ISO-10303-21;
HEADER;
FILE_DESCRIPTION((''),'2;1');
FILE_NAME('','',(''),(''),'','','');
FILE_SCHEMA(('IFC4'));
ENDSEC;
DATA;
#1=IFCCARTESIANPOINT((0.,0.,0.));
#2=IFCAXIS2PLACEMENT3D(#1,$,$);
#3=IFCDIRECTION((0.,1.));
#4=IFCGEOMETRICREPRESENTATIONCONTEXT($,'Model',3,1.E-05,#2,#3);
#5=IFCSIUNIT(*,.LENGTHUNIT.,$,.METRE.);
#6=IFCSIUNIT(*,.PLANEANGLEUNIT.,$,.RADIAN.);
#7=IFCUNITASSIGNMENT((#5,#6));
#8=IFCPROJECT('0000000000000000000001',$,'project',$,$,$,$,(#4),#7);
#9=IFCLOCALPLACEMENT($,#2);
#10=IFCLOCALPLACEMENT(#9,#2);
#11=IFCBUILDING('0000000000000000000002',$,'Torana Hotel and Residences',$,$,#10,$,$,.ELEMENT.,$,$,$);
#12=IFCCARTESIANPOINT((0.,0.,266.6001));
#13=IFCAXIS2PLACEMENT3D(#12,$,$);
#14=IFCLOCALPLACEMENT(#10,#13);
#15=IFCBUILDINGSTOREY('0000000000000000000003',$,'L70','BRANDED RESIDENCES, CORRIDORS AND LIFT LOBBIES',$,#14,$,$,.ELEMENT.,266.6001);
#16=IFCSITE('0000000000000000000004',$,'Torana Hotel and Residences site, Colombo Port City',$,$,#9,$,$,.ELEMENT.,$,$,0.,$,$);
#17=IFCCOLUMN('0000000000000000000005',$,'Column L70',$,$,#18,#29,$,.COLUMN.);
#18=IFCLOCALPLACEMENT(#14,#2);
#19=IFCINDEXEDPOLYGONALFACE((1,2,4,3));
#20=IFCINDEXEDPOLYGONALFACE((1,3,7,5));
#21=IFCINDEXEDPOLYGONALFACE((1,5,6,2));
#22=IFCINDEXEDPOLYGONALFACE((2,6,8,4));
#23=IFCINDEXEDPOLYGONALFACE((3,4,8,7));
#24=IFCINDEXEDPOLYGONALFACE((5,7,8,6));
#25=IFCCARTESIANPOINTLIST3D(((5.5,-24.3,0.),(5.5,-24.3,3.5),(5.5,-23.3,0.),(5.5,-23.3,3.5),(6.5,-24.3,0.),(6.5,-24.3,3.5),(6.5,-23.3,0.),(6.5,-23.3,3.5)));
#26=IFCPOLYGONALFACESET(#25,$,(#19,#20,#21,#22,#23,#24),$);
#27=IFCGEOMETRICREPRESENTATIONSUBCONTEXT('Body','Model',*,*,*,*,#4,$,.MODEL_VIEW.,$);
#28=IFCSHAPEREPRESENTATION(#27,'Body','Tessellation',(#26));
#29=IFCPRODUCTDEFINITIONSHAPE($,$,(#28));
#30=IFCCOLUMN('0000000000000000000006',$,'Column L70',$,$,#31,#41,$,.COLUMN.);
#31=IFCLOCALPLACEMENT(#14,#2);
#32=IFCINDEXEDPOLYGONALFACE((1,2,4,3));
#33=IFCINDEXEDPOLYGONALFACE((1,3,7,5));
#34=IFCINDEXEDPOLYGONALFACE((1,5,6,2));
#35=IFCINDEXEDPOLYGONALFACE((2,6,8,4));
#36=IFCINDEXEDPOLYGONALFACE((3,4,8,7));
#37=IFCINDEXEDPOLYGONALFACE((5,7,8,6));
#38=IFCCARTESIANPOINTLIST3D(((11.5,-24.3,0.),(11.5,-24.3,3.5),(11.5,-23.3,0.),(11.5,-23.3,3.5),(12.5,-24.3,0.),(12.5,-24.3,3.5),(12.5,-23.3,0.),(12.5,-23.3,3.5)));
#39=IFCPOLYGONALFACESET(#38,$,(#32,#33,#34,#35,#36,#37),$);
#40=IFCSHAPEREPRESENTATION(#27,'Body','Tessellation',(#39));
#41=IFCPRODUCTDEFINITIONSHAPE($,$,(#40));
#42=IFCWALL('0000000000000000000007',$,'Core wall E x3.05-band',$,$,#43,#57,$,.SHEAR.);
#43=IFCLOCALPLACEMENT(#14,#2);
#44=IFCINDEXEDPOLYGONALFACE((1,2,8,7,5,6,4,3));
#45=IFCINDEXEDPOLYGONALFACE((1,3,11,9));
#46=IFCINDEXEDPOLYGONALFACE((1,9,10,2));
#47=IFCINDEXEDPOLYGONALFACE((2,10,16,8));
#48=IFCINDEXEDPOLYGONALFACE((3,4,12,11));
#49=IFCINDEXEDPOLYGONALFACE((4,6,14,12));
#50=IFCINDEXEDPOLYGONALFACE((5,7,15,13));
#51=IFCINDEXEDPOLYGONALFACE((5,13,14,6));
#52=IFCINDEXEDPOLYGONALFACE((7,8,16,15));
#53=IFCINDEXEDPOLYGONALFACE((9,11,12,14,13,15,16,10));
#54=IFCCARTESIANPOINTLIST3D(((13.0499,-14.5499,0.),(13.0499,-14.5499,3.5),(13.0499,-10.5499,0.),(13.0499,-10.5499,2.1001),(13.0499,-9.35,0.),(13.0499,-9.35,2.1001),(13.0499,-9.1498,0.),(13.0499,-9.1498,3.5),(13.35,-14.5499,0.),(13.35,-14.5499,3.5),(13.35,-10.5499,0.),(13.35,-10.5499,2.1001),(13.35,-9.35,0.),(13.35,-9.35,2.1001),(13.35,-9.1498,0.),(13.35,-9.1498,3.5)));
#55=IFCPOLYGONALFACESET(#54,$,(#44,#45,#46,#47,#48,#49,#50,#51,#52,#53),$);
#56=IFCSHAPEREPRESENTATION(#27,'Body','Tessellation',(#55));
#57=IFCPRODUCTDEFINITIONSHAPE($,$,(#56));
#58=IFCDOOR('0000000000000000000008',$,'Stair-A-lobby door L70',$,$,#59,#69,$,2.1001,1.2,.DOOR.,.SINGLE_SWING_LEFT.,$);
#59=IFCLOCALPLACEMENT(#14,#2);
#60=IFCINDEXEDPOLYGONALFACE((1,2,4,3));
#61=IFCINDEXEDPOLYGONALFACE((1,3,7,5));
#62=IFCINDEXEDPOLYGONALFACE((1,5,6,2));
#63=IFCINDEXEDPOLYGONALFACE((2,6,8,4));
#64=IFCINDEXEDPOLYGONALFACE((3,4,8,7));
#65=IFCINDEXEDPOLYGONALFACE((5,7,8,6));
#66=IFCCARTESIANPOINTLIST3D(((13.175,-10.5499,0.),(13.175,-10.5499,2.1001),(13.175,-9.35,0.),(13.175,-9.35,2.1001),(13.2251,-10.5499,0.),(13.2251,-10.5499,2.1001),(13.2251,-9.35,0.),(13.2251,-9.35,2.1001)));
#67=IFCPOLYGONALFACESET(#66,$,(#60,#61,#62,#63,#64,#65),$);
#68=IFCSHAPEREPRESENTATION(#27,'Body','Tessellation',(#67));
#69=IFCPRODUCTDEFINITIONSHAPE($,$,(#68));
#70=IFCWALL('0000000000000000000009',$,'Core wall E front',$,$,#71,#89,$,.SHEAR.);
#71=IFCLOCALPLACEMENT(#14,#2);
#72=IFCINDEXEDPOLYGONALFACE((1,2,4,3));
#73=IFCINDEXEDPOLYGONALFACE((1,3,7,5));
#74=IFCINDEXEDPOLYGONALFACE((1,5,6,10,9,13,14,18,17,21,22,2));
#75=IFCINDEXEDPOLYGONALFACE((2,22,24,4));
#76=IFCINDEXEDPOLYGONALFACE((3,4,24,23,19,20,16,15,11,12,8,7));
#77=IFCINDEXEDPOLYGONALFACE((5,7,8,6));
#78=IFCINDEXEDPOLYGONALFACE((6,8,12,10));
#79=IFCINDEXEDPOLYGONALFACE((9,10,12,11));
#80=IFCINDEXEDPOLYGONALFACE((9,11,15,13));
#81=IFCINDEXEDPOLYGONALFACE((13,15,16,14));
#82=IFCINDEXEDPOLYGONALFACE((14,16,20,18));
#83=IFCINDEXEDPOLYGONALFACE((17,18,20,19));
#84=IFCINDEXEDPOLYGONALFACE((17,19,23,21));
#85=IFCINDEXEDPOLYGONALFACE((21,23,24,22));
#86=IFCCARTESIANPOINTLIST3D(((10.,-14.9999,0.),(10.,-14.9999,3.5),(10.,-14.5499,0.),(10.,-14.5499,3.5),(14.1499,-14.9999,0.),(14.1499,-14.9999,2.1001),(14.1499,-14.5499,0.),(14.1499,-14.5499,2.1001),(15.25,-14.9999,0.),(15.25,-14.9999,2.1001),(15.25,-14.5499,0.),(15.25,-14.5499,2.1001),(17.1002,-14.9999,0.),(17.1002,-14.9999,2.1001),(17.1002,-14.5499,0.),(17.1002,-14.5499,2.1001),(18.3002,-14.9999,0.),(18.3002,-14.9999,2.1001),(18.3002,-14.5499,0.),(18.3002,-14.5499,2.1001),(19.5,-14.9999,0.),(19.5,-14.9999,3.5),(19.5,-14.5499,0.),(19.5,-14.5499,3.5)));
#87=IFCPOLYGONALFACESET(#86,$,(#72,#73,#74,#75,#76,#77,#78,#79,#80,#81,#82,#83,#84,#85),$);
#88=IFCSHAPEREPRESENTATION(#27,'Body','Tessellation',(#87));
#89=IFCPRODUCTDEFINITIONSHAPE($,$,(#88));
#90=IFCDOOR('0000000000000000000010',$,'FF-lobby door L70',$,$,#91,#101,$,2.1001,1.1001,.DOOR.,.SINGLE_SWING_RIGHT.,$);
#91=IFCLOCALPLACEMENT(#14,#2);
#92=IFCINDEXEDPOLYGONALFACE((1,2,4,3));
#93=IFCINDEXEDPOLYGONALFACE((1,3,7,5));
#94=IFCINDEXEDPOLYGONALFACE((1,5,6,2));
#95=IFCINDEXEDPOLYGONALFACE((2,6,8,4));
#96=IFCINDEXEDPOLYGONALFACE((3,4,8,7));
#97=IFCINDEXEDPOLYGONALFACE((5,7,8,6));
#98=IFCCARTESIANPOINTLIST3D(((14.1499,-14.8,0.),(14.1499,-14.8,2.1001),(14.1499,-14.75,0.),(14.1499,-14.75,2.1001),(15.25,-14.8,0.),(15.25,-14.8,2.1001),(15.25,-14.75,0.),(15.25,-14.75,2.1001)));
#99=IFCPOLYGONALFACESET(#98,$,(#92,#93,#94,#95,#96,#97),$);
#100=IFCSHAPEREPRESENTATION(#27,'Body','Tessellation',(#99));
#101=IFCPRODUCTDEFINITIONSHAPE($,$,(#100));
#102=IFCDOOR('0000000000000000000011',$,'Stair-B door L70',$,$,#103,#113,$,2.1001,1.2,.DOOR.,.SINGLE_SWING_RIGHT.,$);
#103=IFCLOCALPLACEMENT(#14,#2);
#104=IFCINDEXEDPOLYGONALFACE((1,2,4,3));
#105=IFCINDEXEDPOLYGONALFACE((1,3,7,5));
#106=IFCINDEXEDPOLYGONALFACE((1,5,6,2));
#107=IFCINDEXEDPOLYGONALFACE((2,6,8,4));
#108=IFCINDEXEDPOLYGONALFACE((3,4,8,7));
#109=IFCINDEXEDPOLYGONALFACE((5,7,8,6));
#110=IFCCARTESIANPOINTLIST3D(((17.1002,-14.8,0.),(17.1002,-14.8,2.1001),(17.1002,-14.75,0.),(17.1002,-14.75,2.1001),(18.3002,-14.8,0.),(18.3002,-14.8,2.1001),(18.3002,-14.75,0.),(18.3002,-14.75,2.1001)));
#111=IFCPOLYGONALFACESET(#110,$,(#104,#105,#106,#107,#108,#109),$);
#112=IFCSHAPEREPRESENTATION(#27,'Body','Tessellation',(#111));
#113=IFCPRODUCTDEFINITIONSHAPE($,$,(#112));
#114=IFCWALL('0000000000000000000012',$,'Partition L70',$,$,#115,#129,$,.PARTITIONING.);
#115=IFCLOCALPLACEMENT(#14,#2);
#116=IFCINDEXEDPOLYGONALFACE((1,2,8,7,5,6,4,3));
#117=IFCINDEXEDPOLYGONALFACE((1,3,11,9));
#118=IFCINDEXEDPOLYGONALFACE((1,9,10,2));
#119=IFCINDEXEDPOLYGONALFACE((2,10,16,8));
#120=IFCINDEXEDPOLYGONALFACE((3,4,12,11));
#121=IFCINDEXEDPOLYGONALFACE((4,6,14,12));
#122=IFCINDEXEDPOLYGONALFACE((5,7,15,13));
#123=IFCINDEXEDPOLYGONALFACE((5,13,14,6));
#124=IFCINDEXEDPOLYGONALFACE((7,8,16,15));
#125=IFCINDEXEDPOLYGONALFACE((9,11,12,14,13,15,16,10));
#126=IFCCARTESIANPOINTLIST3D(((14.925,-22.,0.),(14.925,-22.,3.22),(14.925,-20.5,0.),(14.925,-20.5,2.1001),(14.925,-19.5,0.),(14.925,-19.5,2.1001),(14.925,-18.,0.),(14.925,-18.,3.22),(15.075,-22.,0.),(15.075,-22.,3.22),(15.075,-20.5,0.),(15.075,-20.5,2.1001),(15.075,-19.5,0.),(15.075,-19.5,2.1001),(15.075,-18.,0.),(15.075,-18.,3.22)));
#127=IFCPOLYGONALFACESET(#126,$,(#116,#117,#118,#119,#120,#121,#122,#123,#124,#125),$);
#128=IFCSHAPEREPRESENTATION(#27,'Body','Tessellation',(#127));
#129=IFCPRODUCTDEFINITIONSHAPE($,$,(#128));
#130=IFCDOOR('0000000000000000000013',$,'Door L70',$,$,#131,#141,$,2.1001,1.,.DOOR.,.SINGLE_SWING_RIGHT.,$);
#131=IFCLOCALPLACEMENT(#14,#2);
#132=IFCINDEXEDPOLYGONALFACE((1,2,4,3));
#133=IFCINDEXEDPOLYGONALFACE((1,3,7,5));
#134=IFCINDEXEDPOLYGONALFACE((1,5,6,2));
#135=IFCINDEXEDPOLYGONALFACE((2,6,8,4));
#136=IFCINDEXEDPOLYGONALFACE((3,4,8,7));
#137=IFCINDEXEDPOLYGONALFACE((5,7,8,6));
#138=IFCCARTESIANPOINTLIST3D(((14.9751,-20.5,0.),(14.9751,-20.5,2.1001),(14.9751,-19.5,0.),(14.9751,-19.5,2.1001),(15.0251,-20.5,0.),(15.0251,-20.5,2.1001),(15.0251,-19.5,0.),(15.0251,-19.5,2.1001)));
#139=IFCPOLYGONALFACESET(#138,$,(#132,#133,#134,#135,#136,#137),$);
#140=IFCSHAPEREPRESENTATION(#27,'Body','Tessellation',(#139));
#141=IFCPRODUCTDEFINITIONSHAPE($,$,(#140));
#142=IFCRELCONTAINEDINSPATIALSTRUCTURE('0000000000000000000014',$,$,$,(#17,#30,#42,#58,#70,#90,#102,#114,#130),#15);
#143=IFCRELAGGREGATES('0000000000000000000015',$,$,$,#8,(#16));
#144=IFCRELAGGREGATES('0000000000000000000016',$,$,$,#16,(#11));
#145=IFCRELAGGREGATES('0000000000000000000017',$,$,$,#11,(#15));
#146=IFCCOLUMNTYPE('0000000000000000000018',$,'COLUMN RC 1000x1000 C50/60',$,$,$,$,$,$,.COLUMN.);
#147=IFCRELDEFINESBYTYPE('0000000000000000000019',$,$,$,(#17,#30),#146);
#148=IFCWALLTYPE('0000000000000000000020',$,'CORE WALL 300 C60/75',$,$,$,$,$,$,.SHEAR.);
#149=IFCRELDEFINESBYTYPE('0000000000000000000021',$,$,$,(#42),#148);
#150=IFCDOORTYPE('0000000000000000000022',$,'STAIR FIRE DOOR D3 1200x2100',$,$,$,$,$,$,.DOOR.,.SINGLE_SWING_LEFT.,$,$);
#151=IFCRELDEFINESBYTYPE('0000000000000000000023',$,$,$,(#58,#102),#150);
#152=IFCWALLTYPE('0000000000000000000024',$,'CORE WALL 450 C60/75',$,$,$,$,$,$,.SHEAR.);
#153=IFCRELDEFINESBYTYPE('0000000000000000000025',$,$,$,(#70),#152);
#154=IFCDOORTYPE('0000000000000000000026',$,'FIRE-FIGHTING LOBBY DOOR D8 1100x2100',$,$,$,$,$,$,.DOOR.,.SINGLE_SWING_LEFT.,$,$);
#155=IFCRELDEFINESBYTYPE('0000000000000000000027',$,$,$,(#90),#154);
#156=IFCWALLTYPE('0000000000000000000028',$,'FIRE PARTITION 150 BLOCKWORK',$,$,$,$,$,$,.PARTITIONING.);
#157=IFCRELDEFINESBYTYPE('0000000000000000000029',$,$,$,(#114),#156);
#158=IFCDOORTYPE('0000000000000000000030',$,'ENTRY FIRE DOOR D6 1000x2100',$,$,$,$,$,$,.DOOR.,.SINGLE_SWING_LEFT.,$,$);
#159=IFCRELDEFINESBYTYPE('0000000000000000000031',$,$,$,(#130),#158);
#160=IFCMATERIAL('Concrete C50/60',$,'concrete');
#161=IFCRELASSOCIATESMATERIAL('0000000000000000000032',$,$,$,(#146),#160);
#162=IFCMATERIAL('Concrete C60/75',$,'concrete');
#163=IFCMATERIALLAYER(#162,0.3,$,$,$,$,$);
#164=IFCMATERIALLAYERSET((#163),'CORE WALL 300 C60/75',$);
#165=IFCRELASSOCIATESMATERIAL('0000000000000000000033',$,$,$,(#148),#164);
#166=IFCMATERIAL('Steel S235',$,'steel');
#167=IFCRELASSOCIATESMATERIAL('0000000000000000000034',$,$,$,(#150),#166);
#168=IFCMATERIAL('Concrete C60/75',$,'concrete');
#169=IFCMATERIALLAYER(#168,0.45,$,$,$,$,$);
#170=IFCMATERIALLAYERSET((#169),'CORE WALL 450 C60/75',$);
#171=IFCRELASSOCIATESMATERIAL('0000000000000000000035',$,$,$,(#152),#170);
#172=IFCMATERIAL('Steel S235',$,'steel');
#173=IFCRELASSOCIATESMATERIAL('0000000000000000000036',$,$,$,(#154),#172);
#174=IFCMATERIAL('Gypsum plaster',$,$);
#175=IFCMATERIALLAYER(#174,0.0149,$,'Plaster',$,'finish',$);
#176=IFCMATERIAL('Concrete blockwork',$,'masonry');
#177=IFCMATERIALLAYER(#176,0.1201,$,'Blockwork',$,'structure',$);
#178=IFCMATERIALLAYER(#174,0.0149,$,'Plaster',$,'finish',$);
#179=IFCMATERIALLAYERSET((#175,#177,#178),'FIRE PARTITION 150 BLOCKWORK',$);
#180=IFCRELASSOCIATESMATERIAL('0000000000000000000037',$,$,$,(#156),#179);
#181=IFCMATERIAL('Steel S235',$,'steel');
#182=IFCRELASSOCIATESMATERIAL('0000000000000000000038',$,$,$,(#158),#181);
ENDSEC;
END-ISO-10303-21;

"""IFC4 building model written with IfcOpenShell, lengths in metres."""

from ifc_helpers import new_model, si_unit, direction, frame, frame_2d, origin, origin_2d, place, context, subcontext, project, spatial, rectangle, extrude, material, layer, layer_set, material_profile, profile_set, type_object, element, fill, save


model = new_model("IFC4")

# Units and contexts
model_context = context("Model", 3, precision=1e-05, world=origin(), true_north=direction((0.0, 1.0)))
body_context = subcontext(model_context, "Body", "Model", "MODEL_VIEW")
ifc_project = project(units=[si_unit("LENGTHUNIT", "METRE"), si_unit("PLANEANGLEUNIT", "RADIAN")], contexts=[model_context])

# Site, building, storey
site_placement = place(None, origin())
site = spatial("IfcSite", under=ifc_project, at=site_placement, Name="Torana Hotel and Residences site, Colombo Port City", CompositionType="ELEMENT", RefElevation=0.0)
building_placement = place(site_placement, origin())
building = spatial("IfcBuilding", under=site, at=building_placement, Name="Torana Hotel and Residences", CompositionType="ELEMENT")
storey_placement = place(building_placement, frame((0.0, 0.0, 266.6001)))
storey = spatial("IfcBuildingStorey", under=building, at=storey_placement, Name="L70", Description="BRANDED RESIDENCES, CORRIDORS AND LIFT LOBBIES", CompositionType="ELEMENT", Elevation=266.6001)

# Columns
ifc_material_1 = material(Name="Concrete C50/60", Category="concrete")
ifc_material_profile = material_profile(ifc_material_1, rectangle(XDim=1.0, YDim=1.0, at=origin_2d()), Name="RC 1000x1000")
ifc_profile_set = profile_set([ifc_material_profile], Name="Concrete C50/60")
column_type = type_object("IfcColumnType", Name="COLUMN RC 1000x1000 C50/60", PredefinedType="COLUMN", material=ifc_profile_set)
for number, where, z_axis, x_axis, name in (
    (1, (6.0, -23.8, 0.0), (0.0, 0.0, 1.0), (1.0, 0.0, 0.0), "Column L70"),
    (2, (12.0, -23.8, 0.0), (0.0, 0.0, 1.0), (1.0, 0.0, 0.0), "Column L70"),
):
    element("IfcColumn", number, at=place(storey_placement, frame(where, z_axis=z_axis, x_axis=x_axis)), inside=storey, type_object=column_type, Name=name, PredefinedType="COLUMN", context=body_context, shape_type="SweptSolid", body=[
        extrude(rectangle(XDim=1.0, YDim=1.0, at=origin_2d()), origin(), (0.0, 0.0, 1.0), 3.5),
    ])

# Wall, opening, door
ifc_material_2 = material(Name="Concrete C60/75", Category="concrete")
ifc_layer_1 = layer(ifc_material_2, 0.3)
ifc_layer_set_1 = layer_set([ifc_layer_1], Name="CORE WALL 300 C60/75")
wall_type_1 = type_object("IfcWallType", Name="CORE WALL 300 C60/75", PredefinedType="SHEAR", material=ifc_layer_set_1)
wall_1_placement = place(storey_placement, frame((13.2, -14.55, 0.0), z_axis=(0.0, 0.0, 1.0), x_axis=(0.0, 1.0, 0.0)))
wall_1 = element("IfcWall", 3, at=wall_1_placement, inside=storey, type_object=wall_type_1, Name="Core wall E x3.05-band", PredefinedType="SHEAR", context=body_context, shape_type="SweptSolid", body=[
    extrude(rectangle(XDim=5.4001, YDim=0.3, at=frame_2d((2.7002, 0.0))), origin(), (0.0, 0.0, 1.0), 3.5),
])
opening_1_placement = place(wall_1_placement, frame((4.0, 0.0, 0.0)))
opening_1 = element("IfcOpeningElement", 4, at=opening_1_placement, cuts=wall_1, PredefinedType="OPENING", context=body_context, shape_type="SweptSolid", body=[
    extrude(rectangle(XDim=1.2, YDim=2.1001, at=frame_2d((0.6001, 1.05))), frame((0.0, 0.1599, 0.0), z_axis=(0.0, -1.0, 0.0), x_axis=(1.0, 0.0, 0.0)), (0.0, 0.0, 1.0), 0.3201),
])
ifc_material_3 = material(Name="Steel S235", Category="steel")
door_type_1 = type_object("IfcDoorType", Name="STAIR FIRE DOOR D3 1200x2100", OperationType="SINGLE_SWING_LEFT", PredefinedType="DOOR", material=ifc_material_3)
door_1_placement = place(opening_1_placement, origin())
door_1 = element("IfcDoor", 5, at=door_1_placement, inside=storey, type_object=door_type_1, Name="Stair-A-lobby door L70", OperationType="SINGLE_SWING_LEFT", OverallHeight=2.1001, OverallWidth=1.2, PredefinedType="DOOR", context=body_context, shape_type="SweptSolid", body=[
    extrude(rectangle(XDim=1.2, YDim=2.1001, at=frame_2d((0.6001, 1.05))), frame((0.0, 0.0249, 0.0), z_axis=(0.0, -1.0, 0.0), x_axis=(1.0, 0.0, 0.0)), (0.0, 0.0, 1.0), 0.05),
])
fill(opening_1, door_1)

# Wall, openings, doors
ifc_material_4 = material(Name="Concrete C60/75", Category="concrete")
ifc_layer_2 = layer(ifc_material_4, 0.45)
ifc_layer_set_2 = layer_set([ifc_layer_2], Name="CORE WALL 450 C60/75")
wall_type_2 = type_object("IfcWallType", Name="CORE WALL 450 C60/75", PredefinedType="SHEAR", material=ifc_layer_set_2)
wall_2_placement = place(storey_placement, frame((10.0, -14.7749, 0.0), z_axis=(0.0, 0.0, 1.0), x_axis=(1.0, 0.0, 0.0)))
wall_2 = element("IfcWall", 6, at=wall_2_placement, inside=storey, type_object=wall_type_2, Name="Core wall E front", PredefinedType="SHEAR", context=body_context, shape_type="SweptSolid", body=[
    extrude(rectangle(XDim=9.5, YDim=0.45, at=frame_2d((4.75, 0.0))), origin(), (0.0, 0.0, 1.0), 3.5),
])
opening_2_placement = place(wall_2_placement, frame((7.1001, 0.0, 0.0)))
opening_2 = element("IfcOpeningElement", 7, at=opening_2_placement, cuts=wall_2, PredefinedType="OPENING", context=body_context, shape_type="SweptSolid", body=[
    extrude(rectangle(XDim=1.2, YDim=2.1001, at=frame_2d((0.6001, 1.05))), frame((0.0, 0.2349, 0.0), z_axis=(0.0, -1.0, 0.0), x_axis=(1.0, 0.0, 0.0)), (0.0, 0.0, 1.0), 0.47),
])
opening_3_placement = place(wall_2_placement, frame((4.1499, 0.0, 0.0)))
opening_3 = element("IfcOpeningElement", 8, at=opening_3_placement, cuts=wall_2, PredefinedType="OPENING", context=body_context, shape_type="SweptSolid", body=[
    extrude(rectangle(XDim=1.1001, YDim=2.1001, at=frame_2d((0.55, 1.05))), frame((0.0, 0.2349, 0.0), z_axis=(0.0, -1.0, 0.0), x_axis=(1.0, 0.0, 0.0)), (0.0, 0.0, 1.0), 0.47),
])
ifc_material_5 = material(Name="Steel S235", Category="steel")
door_type_2 = type_object("IfcDoorType", Name="FIRE-FIGHTING LOBBY DOOR D8 1100x2100", OperationType="SINGLE_SWING_LEFT", PredefinedType="DOOR", material=ifc_material_5)
door_2_placement = place(opening_3_placement, origin())
door_2 = element("IfcDoor", 9, at=door_2_placement, inside=storey, type_object=door_type_2, Name="FF-lobby door L70", OperationType="SINGLE_SWING_RIGHT", OverallHeight=2.1001, OverallWidth=1.1001, PredefinedType="DOOR", context=body_context, shape_type="SweptSolid", body=[
    extrude(rectangle(XDim=1.1001, YDim=2.1001, at=frame_2d((0.55, 1.05))), frame((0.0, 0.0249, 0.0), z_axis=(0.0, -1.0, 0.0), x_axis=(1.0, 0.0, 0.0)), (0.0, 0.0, 1.0), 0.05),
])
fill(opening_3, door_2)
door_3_placement = place(opening_2_placement, origin())
door_3 = element("IfcDoor", 10, at=door_3_placement, inside=storey, type_object=door_type_1, Name="Stair-B door L70", OperationType="SINGLE_SWING_RIGHT", OverallHeight=2.1001, OverallWidth=1.2, PredefinedType="DOOR", context=body_context, shape_type="SweptSolid", body=[
    extrude(rectangle(XDim=1.2, YDim=2.1001, at=frame_2d((0.6001, 1.05))), frame((0.0, 0.0249, 0.0), z_axis=(0.0, -1.0, 0.0), x_axis=(1.0, 0.0, 0.0)), (0.0, 0.0, 1.0), 0.05),
])
fill(opening_2, door_3)

# Wall, opening, door
ifc_material_6 = material(Name="Gypsum plaster")
ifc_layer_3 = layer(ifc_material_6, 0.0149, Name="Plaster", Category="finish")
ifc_material_7 = material(Name="Concrete blockwork", Category="masonry")
ifc_layer_4 = layer(ifc_material_7, 0.1201, Name="Blockwork", Category="structure")
ifc_layer_5 = layer(ifc_material_6, 0.0149, Name="Plaster", Category="finish")
ifc_layer_set_3 = layer_set([ifc_layer_3, ifc_layer_4, ifc_layer_5], Name="FIRE PARTITION 150 BLOCKWORK")
wall_type_3 = type_object("IfcWallType", Name="FIRE PARTITION 150 BLOCKWORK", PredefinedType="PARTITIONING", material=ifc_layer_set_3)
wall_3_placement = place(storey_placement, frame((15.0, -22.0, 0.0), z_axis=(0.0, 0.0, 1.0), x_axis=(0.0, 1.0, 0.0)))
wall_3 = element("IfcWall", 11, at=wall_3_placement, inside=storey, type_object=wall_type_3, Name="Partition L70", PredefinedType="PARTITIONING", context=body_context, shape_type="SweptSolid", body=[
    extrude(rectangle(XDim=4.0, YDim=0.1499, at=frame_2d((2.0, 0.0))), origin(), (0.0, 0.0, 1.0), 3.22),
])
opening_4_placement = place(wall_3_placement, frame((1.5, 0.0, 0.0)))
opening_4 = element("IfcOpeningElement", 12, at=opening_4_placement, cuts=wall_3, PredefinedType="OPENING", context=body_context, shape_type="SweptSolid", body=[
    extrude(rectangle(XDim=1.0, YDim=2.1001, at=frame_2d((0.5, 1.05))), frame((0.0, 0.085, 0.0), z_axis=(0.0, -1.0, 0.0), x_axis=(1.0, 0.0, 0.0)), (0.0, 0.0, 1.0), 0.1699),
])
ifc_material_8 = material(Name="Steel S235", Category="steel")
door_type_3 = type_object("IfcDoorType", Name="ENTRY FIRE DOOR D6 1000x2100", OperationType="SINGLE_SWING_LEFT", PredefinedType="DOOR", material=ifc_material_8)
door_4_placement = place(opening_4_placement, origin())
door_4 = element("IfcDoor", 13, at=door_4_placement, inside=storey, type_object=door_type_3, Name="Door L70", OperationType="SINGLE_SWING_RIGHT", OverallHeight=2.1001, OverallWidth=1.0, PredefinedType="DOOR", context=body_context, shape_type="SweptSolid", body=[
    extrude(rectangle(XDim=1.0, YDim=2.1001, at=frame_2d((0.5, 1.05))), frame((0.0, 0.0249, 0.0), z_axis=(0.0, -1.0, 0.0), x_axis=(1.0, 0.0, 0.0)), (0.0, 0.0, 1.0), 0.05),
])
fill(opening_4, door_4)

save(model, "model.ifc")
